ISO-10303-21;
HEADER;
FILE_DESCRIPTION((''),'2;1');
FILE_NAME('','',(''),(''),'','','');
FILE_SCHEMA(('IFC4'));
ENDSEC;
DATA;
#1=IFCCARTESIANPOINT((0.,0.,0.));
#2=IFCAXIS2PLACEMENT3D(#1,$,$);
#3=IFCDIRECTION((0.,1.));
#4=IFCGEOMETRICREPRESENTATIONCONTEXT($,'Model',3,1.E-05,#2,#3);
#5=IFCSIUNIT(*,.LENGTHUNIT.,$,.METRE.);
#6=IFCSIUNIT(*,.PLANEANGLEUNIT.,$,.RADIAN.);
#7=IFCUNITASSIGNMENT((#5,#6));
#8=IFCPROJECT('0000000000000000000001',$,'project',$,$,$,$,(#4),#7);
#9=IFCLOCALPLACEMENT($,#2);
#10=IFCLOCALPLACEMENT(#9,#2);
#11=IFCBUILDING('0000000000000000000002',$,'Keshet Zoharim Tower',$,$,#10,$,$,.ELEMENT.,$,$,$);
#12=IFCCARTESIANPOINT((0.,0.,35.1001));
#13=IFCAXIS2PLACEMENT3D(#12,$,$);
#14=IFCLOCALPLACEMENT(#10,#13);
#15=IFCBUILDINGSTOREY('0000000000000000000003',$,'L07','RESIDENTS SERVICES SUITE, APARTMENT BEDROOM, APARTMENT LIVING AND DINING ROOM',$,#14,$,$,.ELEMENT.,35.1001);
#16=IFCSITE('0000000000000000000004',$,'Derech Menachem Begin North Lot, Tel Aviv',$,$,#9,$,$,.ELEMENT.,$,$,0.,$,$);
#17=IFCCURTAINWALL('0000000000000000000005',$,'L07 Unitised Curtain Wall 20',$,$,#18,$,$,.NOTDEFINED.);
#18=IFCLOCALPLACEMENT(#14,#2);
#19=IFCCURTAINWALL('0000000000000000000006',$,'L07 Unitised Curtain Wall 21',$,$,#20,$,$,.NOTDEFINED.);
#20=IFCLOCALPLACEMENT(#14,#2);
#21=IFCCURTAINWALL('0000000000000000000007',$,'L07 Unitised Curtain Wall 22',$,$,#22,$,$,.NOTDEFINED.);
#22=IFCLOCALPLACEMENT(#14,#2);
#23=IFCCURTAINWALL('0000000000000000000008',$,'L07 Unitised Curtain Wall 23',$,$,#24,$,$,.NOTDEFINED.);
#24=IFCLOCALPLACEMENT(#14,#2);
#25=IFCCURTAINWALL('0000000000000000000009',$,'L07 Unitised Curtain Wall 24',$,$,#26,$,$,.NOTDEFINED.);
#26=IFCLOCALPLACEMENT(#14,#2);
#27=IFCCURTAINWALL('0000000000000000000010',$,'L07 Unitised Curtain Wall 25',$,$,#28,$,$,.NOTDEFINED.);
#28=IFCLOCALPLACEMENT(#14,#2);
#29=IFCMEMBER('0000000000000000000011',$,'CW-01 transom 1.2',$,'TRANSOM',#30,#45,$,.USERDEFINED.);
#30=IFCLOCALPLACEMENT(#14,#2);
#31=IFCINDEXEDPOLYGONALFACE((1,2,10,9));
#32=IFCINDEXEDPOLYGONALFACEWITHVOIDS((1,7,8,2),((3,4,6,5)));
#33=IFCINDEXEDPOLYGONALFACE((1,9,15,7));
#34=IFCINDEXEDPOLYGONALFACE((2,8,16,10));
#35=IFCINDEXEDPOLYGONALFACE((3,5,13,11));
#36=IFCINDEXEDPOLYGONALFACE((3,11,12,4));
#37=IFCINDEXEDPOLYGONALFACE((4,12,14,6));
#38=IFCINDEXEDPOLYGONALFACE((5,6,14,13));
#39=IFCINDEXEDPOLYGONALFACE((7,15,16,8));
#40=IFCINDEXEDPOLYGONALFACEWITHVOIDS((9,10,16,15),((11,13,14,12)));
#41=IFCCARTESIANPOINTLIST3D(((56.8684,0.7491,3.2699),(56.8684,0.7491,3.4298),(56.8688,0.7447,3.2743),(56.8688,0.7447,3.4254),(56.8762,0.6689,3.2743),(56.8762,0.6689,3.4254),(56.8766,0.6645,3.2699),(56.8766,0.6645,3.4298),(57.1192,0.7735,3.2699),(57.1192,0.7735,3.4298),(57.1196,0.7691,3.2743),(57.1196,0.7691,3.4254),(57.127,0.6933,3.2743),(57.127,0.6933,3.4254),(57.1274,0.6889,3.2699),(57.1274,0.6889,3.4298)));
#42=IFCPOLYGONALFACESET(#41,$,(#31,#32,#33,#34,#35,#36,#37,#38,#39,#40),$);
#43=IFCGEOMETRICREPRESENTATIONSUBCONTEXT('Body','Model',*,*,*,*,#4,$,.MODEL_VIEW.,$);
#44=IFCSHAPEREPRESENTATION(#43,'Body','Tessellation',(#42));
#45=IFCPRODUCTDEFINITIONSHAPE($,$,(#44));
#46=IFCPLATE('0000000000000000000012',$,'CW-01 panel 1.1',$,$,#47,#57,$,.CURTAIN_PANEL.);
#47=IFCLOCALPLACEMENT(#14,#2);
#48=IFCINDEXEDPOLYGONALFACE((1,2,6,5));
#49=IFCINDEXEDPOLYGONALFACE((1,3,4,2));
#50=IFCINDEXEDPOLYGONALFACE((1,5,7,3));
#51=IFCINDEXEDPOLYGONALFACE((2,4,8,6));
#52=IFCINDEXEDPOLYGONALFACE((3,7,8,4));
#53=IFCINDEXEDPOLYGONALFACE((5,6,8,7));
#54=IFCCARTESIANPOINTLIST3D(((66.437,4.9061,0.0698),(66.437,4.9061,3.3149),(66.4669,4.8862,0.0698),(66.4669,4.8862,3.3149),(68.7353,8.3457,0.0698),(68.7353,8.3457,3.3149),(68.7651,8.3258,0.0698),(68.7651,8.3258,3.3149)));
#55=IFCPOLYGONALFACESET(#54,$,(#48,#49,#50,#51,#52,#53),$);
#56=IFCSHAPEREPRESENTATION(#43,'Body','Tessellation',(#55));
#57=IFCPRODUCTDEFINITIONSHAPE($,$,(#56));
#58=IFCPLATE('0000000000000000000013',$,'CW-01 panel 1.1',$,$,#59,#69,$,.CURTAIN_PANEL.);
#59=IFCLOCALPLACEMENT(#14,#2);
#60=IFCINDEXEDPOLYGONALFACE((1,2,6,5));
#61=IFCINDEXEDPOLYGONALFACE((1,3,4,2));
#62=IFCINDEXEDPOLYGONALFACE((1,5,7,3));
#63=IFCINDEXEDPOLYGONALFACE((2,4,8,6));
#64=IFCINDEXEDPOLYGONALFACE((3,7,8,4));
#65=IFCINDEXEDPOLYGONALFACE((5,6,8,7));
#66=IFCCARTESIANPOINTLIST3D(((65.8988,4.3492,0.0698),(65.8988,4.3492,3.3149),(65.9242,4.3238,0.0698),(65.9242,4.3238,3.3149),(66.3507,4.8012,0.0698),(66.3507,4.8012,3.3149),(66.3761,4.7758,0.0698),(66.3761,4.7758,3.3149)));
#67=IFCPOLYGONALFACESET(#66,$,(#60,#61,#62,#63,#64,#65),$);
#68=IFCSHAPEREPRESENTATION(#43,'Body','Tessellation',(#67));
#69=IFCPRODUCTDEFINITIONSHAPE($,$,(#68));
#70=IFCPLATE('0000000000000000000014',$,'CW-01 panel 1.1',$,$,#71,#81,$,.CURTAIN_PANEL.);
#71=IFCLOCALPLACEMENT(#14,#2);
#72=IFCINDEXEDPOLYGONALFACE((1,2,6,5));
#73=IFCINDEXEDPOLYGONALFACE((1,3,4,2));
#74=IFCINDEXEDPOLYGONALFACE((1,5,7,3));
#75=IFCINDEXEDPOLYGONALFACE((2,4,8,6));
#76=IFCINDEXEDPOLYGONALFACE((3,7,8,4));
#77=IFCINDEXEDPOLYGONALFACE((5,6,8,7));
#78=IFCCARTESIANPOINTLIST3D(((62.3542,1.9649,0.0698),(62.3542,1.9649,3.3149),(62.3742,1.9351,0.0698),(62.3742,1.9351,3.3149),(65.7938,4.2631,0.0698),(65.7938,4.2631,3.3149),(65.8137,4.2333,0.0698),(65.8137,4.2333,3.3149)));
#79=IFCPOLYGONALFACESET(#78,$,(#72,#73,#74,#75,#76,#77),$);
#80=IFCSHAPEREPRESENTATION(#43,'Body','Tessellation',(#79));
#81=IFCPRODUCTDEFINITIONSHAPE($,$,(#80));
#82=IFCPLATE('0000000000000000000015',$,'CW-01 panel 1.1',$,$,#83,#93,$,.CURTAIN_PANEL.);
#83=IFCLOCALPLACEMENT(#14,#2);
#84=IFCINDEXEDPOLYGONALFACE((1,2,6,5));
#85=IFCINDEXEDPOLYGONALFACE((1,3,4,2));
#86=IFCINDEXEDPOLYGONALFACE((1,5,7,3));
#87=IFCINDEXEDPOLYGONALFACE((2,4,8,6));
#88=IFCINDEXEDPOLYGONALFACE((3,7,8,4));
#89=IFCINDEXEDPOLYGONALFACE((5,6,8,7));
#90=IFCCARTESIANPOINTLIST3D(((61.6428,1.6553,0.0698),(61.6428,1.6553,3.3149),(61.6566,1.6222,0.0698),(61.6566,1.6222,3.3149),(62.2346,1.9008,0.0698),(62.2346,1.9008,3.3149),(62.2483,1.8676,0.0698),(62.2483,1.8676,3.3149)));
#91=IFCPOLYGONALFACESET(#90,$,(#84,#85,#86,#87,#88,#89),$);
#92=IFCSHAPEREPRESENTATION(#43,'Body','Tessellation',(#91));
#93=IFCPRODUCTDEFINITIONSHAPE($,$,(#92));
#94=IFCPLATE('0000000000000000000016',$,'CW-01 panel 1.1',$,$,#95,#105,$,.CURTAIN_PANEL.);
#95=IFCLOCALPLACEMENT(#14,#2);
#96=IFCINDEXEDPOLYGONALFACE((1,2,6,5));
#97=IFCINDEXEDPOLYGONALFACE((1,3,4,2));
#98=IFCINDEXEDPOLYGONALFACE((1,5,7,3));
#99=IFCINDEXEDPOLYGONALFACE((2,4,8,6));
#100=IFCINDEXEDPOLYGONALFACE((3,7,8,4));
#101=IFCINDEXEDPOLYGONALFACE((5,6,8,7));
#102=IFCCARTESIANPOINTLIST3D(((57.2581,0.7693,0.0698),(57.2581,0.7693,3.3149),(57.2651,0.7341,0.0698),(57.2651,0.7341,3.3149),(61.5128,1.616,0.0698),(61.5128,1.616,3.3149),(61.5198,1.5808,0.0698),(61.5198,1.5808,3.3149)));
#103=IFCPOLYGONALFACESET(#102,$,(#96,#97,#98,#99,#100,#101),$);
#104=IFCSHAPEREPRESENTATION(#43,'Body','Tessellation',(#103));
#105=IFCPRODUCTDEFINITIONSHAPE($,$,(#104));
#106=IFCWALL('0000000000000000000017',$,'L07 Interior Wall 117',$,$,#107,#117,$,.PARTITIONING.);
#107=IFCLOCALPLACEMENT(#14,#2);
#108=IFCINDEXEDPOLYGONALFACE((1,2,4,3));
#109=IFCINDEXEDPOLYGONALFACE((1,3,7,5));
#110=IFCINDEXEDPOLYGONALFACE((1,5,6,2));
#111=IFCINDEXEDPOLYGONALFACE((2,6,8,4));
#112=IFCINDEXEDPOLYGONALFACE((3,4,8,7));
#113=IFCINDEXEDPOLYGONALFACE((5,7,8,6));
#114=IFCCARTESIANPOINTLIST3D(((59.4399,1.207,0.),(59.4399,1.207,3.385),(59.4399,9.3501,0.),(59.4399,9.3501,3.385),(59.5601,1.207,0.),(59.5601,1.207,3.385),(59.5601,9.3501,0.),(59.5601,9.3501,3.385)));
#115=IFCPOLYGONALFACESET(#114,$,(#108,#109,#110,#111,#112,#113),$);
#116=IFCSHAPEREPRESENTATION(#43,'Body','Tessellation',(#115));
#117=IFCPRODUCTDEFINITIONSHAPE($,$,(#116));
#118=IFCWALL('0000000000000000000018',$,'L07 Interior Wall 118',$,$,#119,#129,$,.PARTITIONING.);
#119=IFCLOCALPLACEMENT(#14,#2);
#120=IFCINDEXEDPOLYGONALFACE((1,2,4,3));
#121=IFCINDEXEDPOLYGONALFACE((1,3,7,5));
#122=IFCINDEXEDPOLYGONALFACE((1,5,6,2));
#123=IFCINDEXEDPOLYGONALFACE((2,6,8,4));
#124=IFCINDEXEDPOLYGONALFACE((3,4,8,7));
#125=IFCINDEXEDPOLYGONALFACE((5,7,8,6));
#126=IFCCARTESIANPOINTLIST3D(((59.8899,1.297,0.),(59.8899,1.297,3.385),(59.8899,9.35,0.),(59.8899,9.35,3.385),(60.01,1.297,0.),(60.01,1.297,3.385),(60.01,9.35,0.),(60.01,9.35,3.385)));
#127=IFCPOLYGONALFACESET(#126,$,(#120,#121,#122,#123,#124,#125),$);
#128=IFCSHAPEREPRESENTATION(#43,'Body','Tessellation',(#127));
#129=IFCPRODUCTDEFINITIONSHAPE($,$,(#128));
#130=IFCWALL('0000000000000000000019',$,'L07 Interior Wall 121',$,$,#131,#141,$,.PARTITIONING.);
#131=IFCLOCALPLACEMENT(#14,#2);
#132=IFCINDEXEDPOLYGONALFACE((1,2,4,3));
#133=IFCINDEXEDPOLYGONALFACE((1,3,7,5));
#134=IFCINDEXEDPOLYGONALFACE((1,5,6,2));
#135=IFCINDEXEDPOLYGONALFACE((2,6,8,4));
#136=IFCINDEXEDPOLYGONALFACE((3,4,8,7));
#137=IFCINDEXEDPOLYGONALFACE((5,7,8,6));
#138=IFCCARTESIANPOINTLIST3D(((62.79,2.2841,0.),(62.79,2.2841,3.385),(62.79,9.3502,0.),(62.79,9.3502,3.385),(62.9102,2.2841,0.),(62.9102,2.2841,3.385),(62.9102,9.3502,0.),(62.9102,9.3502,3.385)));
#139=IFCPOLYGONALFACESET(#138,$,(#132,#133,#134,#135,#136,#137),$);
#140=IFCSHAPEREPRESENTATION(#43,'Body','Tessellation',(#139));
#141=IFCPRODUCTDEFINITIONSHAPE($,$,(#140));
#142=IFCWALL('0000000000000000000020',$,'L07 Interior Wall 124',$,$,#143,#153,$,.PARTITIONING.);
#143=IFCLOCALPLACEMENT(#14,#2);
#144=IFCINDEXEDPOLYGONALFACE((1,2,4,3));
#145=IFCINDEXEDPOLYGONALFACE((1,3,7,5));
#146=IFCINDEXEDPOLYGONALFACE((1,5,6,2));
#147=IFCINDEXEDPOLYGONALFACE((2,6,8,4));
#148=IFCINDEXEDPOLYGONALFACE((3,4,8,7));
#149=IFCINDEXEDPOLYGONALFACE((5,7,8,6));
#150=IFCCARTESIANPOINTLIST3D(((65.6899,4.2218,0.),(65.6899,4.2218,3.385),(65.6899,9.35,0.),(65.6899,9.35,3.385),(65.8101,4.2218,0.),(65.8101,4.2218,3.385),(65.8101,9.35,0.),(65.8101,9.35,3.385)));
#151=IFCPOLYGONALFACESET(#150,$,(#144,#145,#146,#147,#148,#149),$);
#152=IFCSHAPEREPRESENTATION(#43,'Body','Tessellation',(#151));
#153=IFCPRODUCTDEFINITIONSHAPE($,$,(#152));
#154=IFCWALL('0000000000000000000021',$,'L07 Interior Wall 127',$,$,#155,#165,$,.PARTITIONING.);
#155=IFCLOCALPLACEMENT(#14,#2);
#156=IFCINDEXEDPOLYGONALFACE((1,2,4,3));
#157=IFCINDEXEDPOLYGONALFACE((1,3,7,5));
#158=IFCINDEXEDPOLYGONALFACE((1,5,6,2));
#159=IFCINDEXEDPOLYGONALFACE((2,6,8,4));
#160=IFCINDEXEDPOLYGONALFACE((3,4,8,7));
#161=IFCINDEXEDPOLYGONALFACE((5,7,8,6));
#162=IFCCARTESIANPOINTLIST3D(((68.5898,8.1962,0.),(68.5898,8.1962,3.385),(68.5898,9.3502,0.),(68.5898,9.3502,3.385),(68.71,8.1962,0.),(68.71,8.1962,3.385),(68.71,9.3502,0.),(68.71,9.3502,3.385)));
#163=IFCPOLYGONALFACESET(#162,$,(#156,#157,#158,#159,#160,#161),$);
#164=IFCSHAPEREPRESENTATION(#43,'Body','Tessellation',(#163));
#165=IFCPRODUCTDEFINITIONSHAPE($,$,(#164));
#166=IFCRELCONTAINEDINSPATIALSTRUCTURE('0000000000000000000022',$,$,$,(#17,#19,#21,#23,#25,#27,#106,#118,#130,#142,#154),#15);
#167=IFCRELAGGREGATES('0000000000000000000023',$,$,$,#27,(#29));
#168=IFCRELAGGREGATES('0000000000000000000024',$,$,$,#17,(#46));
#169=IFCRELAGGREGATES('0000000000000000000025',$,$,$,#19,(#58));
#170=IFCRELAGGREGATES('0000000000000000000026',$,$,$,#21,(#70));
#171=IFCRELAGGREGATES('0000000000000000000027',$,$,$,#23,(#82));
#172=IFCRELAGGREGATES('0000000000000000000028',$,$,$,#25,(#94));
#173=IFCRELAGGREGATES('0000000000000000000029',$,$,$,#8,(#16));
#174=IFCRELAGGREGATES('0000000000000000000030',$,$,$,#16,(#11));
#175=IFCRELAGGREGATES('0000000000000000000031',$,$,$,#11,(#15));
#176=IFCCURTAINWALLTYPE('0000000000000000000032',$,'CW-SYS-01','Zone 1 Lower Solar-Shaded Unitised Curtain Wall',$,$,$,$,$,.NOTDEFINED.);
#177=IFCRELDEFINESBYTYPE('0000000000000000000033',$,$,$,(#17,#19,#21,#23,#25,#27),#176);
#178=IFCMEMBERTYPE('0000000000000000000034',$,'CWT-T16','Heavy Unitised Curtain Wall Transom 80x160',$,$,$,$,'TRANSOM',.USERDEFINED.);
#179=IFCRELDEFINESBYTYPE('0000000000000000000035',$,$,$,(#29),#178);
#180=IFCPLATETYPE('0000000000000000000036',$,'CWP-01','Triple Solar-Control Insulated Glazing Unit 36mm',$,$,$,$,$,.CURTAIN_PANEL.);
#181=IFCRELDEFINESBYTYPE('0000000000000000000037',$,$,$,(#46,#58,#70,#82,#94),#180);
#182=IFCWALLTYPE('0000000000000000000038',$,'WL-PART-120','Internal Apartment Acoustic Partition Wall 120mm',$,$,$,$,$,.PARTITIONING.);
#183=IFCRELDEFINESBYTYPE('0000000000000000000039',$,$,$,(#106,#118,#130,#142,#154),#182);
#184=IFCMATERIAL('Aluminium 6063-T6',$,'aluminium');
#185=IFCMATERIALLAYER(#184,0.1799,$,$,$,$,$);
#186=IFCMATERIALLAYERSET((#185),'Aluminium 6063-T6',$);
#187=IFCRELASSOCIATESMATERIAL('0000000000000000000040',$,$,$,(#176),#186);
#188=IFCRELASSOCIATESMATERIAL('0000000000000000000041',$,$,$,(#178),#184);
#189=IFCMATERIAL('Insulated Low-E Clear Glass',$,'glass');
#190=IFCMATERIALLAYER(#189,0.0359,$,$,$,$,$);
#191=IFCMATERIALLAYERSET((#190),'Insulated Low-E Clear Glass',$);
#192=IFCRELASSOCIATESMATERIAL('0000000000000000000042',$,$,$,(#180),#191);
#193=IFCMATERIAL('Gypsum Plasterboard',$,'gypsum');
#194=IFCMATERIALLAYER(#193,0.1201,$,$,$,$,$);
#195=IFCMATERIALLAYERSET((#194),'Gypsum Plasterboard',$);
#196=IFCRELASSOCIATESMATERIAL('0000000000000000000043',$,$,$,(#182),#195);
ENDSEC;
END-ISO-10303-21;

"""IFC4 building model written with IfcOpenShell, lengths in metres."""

from ifc_helpers import new_model, si_unit, direction, frame, frame_2d, origin, origin_2d, place, context, subcontext, project, spatial, rectangle, hollow_rectangle, extrude, material, layer, layer_set, material_profile, profile_set, type_object, element, aggregate, save


model = new_model("IFC4")

# Units and contexts
model_context = context("Model", 3, precision=1e-05, world=origin(), true_north=direction((0.0, 1.0)))
body_context = subcontext(model_context, "Body", "Model", "MODEL_VIEW")
ifc_project = project(units=[si_unit("LENGTHUNIT", "METRE"), si_unit("PLANEANGLEUNIT", "RADIAN")], contexts=[model_context])

# Site, building, storey
site_placement = place(None, origin())
site = spatial("IfcSite", under=ifc_project, at=site_placement, Name="Derech Menachem Begin North Lot, Tel Aviv", CompositionType="ELEMENT", RefElevation=0.0)
building_placement = place(site_placement, origin())
building = spatial("IfcBuilding", under=site, at=building_placement, Name="Keshet Zoharim Tower", CompositionType="ELEMENT")
storey_placement = place(building_placement, frame((0.0, 0.0, 35.1001)))
storey = spatial("IfcBuildingStorey", under=building, at=storey_placement, Name="L07", Description="RESIDENTS SERVICES SUITE, APARTMENT BEDROOM, APARTMENT LIVING AND DINING ROOM", CompositionType="ELEMENT", Elevation=35.1001)

# Curtain wall
ifc_material_1 = material(Name="Aluminium 6063-T6", Category="aluminium")
ifc_layer_1 = layer(ifc_material_1, 0.1799)
ifc_layer_set_1 = layer_set([ifc_layer_1], Name="Aluminium 6063-T6")
curtain_wall_type = type_object("IfcCurtainWallType", Name="CW-SYS-01", Description="Zone 1 Lower Solar-Shaded Unitised Curtain Wall", PredefinedType="NOTDEFINED", material=ifc_layer_set_1)
curtain_wall_1_placement = place(storey_placement, origin())
curtain_wall_1 = element("IfcCurtainWall", 1, at=curtain_wall_1_placement, inside=storey, type_object=curtain_wall_type, Name="L07 Unitised Curtain Wall 20", PredefinedType="NOTDEFINED")

# Curtain walls
curtain_wall_2_placement = place(storey_placement, origin())
curtain_wall_2 = element("IfcCurtainWall", 2, at=curtain_wall_2_placement, inside=storey, type_object=curtain_wall_type, Name="L07 Unitised Curtain Wall 21", PredefinedType="NOTDEFINED")
curtain_wall_3_placement = place(storey_placement, origin())
curtain_wall_3 = element("IfcCurtainWall", 3, at=curtain_wall_3_placement, inside=storey, type_object=curtain_wall_type, Name="L07 Unitised Curtain Wall 22", PredefinedType="NOTDEFINED")
curtain_wall_4_placement = place(storey_placement, origin())
curtain_wall_4 = element("IfcCurtainWall", 4, at=curtain_wall_4_placement, inside=storey, type_object=curtain_wall_type, Name="L07 Unitised Curtain Wall 23", PredefinedType="NOTDEFINED")
curtain_wall_5_placement = place(storey_placement, origin())
curtain_wall_5 = element("IfcCurtainWall", 5, at=curtain_wall_5_placement, inside=storey, type_object=curtain_wall_type, Name="L07 Unitised Curtain Wall 24", PredefinedType="NOTDEFINED")

# Curtain wall
curtain_wall_6_placement = place(storey_placement, origin())
curtain_wall_6 = element("IfcCurtainWall", 6, at=curtain_wall_6_placement, inside=storey, type_object=curtain_wall_type, Name="L07 Unitised Curtain Wall 25", PredefinedType="NOTDEFINED")

# Member
ifc_material_profile_1 = material_profile(ifc_material_1, hollow_rectangle(XDim=0.085, YDim=0.1599, WallThickness=0.0044, at=origin_2d()), Name="TRN-85x160")
ifc_profile_set_1 = profile_set([ifc_material_profile_1], Name="Aluminium 6063-T6")
member_type_1 = type_object("IfcMemberType", Name="CWT-T16", Description="Heavy Unitised Curtain Wall Transom 80x160", ElementType="TRANSOM", PredefinedType="USERDEFINED", material=ifc_profile_set_1)
member_1_placement = place(storey_placement, frame((57.1233, 0.7312, 3.3499), z_axis=(-0.995293, -0.096913, 0.0), x_axis=(0.096913, -0.995293, 0.0)))
member_1 = element("IfcMember", 7, at=member_1_placement, type_object=member_type_1, Name="CW-01 transom 1.2", ObjectType="TRANSOM", PredefinedType="USERDEFINED", context=body_context, shape_type="SweptSolid", body=[
    extrude(hollow_rectangle(XDim=0.085, YDim=0.1599, WallThickness=0.0044, at=origin_2d()), origin(), (0.0, 0.0, 1.0), 0.252),
])
aggregate(curtain_wall_6, [member_1])

# Plates
ifc_material_2 = material(Name="Insulated Low-E Clear Glass", Category="glass")
ifc_layer_2 = layer(ifc_material_2, 0.0359)
ifc_layer_set_2 = layer_set([ifc_layer_2], Name="Insulated Low-E Clear Glass")
plate_type = type_object("IfcPlateType", Name="CWP-01", Description="Triple Solar-Control Insulated Glazing Unit 36mm", PredefinedType="CURTAIN_PANEL", material=ifc_layer_set_2)
plate_1_placement = place(storey_placement, frame((67.6011, 6.616, 0.0698), z_axis=(0.0, 0.0, 1.0), x_axis=(-0.555563, -0.831474, 0.0)))
plate_1 = element("IfcPlate", 8, at=plate_1_placement, type_object=plate_type, Name="CW-01 panel 1.1", PredefinedType="CURTAIN_PANEL", context=body_context, shape_type="SweptSolid", body=[
    extrude(rectangle(XDim=4.1367, YDim=0.0359, at=origin_2d()), origin(), (0.0, 0.0, 1.0), 3.2451),
])
aggregate(curtain_wall_1, [plate_1])
plate_2_placement = place(storey_placement, frame((66.1375, 4.5625, 0.0698), z_axis=(0.0, 0.0, 1.0), x_axis=(-0.707107, -0.707107, 0.0)))
plate_2 = element("IfcPlate", 9, at=plate_2_placement, type_object=plate_type, Name="CW-01 panel 1.1", PredefinedType="CURTAIN_PANEL", context=body_context, shape_type="SweptSolid", body=[
    extrude(rectangle(XDim=0.6392, YDim=0.0359, at=origin_2d()), origin(), (0.0, 0.0, 1.0), 3.2451),
])
aggregate(curtain_wall_2, [plate_2])
plate_3_placement = place(storey_placement, frame((64.084, 3.0991, 0.0698), z_axis=(0.0, 0.0, 1.0), x_axis=(-0.831474, -0.555563, 0.0)))
plate_3 = element("IfcPlate", 10, at=plate_3_placement, type_object=plate_type, Name="CW-01 panel 1.1", PredefinedType="CURTAIN_PANEL", context=body_context, shape_type="SweptSolid", body=[
    extrude(rectangle(XDim=4.1367, YDim=0.0359, at=origin_2d()), origin(), (0.0, 0.0, 1.0), 3.2451),
])
aggregate(curtain_wall_3, [plate_3])
plate_4_placement = place(storey_placement, frame((61.9456, 1.7615, 0.0698), z_axis=(0.0, 0.0, 1.0), x_axis=(-0.92372, -0.383068, 0.0)))
plate_4 = element("IfcPlate", 11, at=plate_4_placement, type_object=plate_type, Name="CW-01 panel 1.1", PredefinedType="CURTAIN_PANEL", context=body_context, shape_type="SweptSolid", body=[
    extrude(rectangle(XDim=0.6406, YDim=0.0359, at=origin_2d()), origin(), (0.0, 0.0, 1.0), 3.2451),
])
aggregate(curtain_wall_4, [plate_4])
plate_5_placement = place(storey_placement, frame((59.3889, 1.175, 0.0698), z_axis=(0.0, 0.0, 1.0), x_axis=(-0.980769, -0.195171, 0.0)))
plate_5 = element("IfcPlate", 12, at=plate_5_placement, type_object=plate_type, Name="CW-01 panel 1.1", PredefinedType="CURTAIN_PANEL", context=body_context, shape_type="SweptSolid", body=[
    extrude(rectangle(XDim=4.3381, YDim=0.0359, at=origin_2d()), origin(), (0.0, 0.0, 1.0), 3.2451),
])
aggregate(curtain_wall_5, [plate_5])

# Walls
ifc_material_3 = material(Name="Gypsum Plasterboard", Category="gypsum")
ifc_layer_3 = layer(ifc_material_3, 0.1201)
ifc_layer_set_3 = layer_set([ifc_layer_3], Name="Gypsum Plasterboard")
wall_type = type_object("IfcWallType", Name="WL-PART-120", Description="Internal Apartment Acoustic Partition Wall 120mm", PredefinedType="PARTITIONING", material=ifc_layer_set_3)
wall_1_placement = place(storey_placement, frame((59.5, 1.207, 0.0), z_axis=(0.0, 0.0, 1.0), x_axis=(0.0, 1.0, 0.0)))
element("IfcWall", 13, at=wall_1_placement, inside=storey, type_object=wall_type, Name="L07 Interior Wall 117", PredefinedType="PARTITIONING", context=body_context, shape_type="SweptSolid", body=[
    extrude(rectangle(XDim=8.1431, YDim=0.1201, at=frame_2d((4.0715, 0.0))), origin(), (0.0, 0.0, 1.0), 3.385),
])
wall_2_placement = place(storey_placement, frame((59.95, 1.2971, 0.0), z_axis=(0.0, 0.0, 1.0), x_axis=(0.0, 1.0, 0.0)))
element("IfcWall", 14, at=wall_2_placement, inside=storey, type_object=wall_type, Name="L07 Interior Wall 118", PredefinedType="PARTITIONING", context=body_context, shape_type="SweptSolid", body=[
    extrude(rectangle(XDim=8.053, YDim=0.1201, at=frame_2d((4.0264, 0.0))), origin(), (0.0, 0.0, 1.0), 3.385),
])
wall_3_placement = place(storey_placement, frame((62.8501, 2.2839, 0.0), z_axis=(0.0, 0.0, 1.0), x_axis=(0.0, 1.0, 0.0)))
element("IfcWall", 15, at=wall_3_placement, inside=storey, type_object=wall_type, Name="L07 Interior Wall 121", PredefinedType="PARTITIONING", context=body_context, shape_type="SweptSolid", body=[
    extrude(rectangle(XDim=7.0662, YDim=0.1201, at=frame_2d((3.5332, 0.0))), origin(), (0.0, 0.0, 1.0), 3.385),
])
wall_4_placement = place(storey_placement, frame((65.75, 4.2219, 0.0), z_axis=(0.0, 0.0, 1.0), x_axis=(0.0, 1.0, 0.0)))
element("IfcWall", 16, at=wall_4_placement, inside=storey, type_object=wall_type, Name="L07 Interior Wall 124", PredefinedType="PARTITIONING", context=body_context, shape_type="SweptSolid", body=[
    extrude(rectangle(XDim=5.1282, YDim=0.1201, at=frame_2d((2.564, 0.0))), origin(), (0.0, 0.0, 1.0), 3.385),
])
wall_5_placement = place(storey_placement, frame((68.6499, 8.196, 0.0), z_axis=(0.0, 0.0, 1.0), x_axis=(0.0, 1.0, 0.0)))
element("IfcWall", 17, at=wall_5_placement, inside=storey, type_object=wall_type, Name="L07 Interior Wall 127", PredefinedType="PARTITIONING", context=body_context, shape_type="SweptSolid", body=[
    extrude(rectangle(XDim=1.1541, YDim=0.1201, at=frame_2d((0.5771, 0.0))), origin(), (0.0, 0.0, 1.0), 3.385),
])

save(model, "model.ifc")
